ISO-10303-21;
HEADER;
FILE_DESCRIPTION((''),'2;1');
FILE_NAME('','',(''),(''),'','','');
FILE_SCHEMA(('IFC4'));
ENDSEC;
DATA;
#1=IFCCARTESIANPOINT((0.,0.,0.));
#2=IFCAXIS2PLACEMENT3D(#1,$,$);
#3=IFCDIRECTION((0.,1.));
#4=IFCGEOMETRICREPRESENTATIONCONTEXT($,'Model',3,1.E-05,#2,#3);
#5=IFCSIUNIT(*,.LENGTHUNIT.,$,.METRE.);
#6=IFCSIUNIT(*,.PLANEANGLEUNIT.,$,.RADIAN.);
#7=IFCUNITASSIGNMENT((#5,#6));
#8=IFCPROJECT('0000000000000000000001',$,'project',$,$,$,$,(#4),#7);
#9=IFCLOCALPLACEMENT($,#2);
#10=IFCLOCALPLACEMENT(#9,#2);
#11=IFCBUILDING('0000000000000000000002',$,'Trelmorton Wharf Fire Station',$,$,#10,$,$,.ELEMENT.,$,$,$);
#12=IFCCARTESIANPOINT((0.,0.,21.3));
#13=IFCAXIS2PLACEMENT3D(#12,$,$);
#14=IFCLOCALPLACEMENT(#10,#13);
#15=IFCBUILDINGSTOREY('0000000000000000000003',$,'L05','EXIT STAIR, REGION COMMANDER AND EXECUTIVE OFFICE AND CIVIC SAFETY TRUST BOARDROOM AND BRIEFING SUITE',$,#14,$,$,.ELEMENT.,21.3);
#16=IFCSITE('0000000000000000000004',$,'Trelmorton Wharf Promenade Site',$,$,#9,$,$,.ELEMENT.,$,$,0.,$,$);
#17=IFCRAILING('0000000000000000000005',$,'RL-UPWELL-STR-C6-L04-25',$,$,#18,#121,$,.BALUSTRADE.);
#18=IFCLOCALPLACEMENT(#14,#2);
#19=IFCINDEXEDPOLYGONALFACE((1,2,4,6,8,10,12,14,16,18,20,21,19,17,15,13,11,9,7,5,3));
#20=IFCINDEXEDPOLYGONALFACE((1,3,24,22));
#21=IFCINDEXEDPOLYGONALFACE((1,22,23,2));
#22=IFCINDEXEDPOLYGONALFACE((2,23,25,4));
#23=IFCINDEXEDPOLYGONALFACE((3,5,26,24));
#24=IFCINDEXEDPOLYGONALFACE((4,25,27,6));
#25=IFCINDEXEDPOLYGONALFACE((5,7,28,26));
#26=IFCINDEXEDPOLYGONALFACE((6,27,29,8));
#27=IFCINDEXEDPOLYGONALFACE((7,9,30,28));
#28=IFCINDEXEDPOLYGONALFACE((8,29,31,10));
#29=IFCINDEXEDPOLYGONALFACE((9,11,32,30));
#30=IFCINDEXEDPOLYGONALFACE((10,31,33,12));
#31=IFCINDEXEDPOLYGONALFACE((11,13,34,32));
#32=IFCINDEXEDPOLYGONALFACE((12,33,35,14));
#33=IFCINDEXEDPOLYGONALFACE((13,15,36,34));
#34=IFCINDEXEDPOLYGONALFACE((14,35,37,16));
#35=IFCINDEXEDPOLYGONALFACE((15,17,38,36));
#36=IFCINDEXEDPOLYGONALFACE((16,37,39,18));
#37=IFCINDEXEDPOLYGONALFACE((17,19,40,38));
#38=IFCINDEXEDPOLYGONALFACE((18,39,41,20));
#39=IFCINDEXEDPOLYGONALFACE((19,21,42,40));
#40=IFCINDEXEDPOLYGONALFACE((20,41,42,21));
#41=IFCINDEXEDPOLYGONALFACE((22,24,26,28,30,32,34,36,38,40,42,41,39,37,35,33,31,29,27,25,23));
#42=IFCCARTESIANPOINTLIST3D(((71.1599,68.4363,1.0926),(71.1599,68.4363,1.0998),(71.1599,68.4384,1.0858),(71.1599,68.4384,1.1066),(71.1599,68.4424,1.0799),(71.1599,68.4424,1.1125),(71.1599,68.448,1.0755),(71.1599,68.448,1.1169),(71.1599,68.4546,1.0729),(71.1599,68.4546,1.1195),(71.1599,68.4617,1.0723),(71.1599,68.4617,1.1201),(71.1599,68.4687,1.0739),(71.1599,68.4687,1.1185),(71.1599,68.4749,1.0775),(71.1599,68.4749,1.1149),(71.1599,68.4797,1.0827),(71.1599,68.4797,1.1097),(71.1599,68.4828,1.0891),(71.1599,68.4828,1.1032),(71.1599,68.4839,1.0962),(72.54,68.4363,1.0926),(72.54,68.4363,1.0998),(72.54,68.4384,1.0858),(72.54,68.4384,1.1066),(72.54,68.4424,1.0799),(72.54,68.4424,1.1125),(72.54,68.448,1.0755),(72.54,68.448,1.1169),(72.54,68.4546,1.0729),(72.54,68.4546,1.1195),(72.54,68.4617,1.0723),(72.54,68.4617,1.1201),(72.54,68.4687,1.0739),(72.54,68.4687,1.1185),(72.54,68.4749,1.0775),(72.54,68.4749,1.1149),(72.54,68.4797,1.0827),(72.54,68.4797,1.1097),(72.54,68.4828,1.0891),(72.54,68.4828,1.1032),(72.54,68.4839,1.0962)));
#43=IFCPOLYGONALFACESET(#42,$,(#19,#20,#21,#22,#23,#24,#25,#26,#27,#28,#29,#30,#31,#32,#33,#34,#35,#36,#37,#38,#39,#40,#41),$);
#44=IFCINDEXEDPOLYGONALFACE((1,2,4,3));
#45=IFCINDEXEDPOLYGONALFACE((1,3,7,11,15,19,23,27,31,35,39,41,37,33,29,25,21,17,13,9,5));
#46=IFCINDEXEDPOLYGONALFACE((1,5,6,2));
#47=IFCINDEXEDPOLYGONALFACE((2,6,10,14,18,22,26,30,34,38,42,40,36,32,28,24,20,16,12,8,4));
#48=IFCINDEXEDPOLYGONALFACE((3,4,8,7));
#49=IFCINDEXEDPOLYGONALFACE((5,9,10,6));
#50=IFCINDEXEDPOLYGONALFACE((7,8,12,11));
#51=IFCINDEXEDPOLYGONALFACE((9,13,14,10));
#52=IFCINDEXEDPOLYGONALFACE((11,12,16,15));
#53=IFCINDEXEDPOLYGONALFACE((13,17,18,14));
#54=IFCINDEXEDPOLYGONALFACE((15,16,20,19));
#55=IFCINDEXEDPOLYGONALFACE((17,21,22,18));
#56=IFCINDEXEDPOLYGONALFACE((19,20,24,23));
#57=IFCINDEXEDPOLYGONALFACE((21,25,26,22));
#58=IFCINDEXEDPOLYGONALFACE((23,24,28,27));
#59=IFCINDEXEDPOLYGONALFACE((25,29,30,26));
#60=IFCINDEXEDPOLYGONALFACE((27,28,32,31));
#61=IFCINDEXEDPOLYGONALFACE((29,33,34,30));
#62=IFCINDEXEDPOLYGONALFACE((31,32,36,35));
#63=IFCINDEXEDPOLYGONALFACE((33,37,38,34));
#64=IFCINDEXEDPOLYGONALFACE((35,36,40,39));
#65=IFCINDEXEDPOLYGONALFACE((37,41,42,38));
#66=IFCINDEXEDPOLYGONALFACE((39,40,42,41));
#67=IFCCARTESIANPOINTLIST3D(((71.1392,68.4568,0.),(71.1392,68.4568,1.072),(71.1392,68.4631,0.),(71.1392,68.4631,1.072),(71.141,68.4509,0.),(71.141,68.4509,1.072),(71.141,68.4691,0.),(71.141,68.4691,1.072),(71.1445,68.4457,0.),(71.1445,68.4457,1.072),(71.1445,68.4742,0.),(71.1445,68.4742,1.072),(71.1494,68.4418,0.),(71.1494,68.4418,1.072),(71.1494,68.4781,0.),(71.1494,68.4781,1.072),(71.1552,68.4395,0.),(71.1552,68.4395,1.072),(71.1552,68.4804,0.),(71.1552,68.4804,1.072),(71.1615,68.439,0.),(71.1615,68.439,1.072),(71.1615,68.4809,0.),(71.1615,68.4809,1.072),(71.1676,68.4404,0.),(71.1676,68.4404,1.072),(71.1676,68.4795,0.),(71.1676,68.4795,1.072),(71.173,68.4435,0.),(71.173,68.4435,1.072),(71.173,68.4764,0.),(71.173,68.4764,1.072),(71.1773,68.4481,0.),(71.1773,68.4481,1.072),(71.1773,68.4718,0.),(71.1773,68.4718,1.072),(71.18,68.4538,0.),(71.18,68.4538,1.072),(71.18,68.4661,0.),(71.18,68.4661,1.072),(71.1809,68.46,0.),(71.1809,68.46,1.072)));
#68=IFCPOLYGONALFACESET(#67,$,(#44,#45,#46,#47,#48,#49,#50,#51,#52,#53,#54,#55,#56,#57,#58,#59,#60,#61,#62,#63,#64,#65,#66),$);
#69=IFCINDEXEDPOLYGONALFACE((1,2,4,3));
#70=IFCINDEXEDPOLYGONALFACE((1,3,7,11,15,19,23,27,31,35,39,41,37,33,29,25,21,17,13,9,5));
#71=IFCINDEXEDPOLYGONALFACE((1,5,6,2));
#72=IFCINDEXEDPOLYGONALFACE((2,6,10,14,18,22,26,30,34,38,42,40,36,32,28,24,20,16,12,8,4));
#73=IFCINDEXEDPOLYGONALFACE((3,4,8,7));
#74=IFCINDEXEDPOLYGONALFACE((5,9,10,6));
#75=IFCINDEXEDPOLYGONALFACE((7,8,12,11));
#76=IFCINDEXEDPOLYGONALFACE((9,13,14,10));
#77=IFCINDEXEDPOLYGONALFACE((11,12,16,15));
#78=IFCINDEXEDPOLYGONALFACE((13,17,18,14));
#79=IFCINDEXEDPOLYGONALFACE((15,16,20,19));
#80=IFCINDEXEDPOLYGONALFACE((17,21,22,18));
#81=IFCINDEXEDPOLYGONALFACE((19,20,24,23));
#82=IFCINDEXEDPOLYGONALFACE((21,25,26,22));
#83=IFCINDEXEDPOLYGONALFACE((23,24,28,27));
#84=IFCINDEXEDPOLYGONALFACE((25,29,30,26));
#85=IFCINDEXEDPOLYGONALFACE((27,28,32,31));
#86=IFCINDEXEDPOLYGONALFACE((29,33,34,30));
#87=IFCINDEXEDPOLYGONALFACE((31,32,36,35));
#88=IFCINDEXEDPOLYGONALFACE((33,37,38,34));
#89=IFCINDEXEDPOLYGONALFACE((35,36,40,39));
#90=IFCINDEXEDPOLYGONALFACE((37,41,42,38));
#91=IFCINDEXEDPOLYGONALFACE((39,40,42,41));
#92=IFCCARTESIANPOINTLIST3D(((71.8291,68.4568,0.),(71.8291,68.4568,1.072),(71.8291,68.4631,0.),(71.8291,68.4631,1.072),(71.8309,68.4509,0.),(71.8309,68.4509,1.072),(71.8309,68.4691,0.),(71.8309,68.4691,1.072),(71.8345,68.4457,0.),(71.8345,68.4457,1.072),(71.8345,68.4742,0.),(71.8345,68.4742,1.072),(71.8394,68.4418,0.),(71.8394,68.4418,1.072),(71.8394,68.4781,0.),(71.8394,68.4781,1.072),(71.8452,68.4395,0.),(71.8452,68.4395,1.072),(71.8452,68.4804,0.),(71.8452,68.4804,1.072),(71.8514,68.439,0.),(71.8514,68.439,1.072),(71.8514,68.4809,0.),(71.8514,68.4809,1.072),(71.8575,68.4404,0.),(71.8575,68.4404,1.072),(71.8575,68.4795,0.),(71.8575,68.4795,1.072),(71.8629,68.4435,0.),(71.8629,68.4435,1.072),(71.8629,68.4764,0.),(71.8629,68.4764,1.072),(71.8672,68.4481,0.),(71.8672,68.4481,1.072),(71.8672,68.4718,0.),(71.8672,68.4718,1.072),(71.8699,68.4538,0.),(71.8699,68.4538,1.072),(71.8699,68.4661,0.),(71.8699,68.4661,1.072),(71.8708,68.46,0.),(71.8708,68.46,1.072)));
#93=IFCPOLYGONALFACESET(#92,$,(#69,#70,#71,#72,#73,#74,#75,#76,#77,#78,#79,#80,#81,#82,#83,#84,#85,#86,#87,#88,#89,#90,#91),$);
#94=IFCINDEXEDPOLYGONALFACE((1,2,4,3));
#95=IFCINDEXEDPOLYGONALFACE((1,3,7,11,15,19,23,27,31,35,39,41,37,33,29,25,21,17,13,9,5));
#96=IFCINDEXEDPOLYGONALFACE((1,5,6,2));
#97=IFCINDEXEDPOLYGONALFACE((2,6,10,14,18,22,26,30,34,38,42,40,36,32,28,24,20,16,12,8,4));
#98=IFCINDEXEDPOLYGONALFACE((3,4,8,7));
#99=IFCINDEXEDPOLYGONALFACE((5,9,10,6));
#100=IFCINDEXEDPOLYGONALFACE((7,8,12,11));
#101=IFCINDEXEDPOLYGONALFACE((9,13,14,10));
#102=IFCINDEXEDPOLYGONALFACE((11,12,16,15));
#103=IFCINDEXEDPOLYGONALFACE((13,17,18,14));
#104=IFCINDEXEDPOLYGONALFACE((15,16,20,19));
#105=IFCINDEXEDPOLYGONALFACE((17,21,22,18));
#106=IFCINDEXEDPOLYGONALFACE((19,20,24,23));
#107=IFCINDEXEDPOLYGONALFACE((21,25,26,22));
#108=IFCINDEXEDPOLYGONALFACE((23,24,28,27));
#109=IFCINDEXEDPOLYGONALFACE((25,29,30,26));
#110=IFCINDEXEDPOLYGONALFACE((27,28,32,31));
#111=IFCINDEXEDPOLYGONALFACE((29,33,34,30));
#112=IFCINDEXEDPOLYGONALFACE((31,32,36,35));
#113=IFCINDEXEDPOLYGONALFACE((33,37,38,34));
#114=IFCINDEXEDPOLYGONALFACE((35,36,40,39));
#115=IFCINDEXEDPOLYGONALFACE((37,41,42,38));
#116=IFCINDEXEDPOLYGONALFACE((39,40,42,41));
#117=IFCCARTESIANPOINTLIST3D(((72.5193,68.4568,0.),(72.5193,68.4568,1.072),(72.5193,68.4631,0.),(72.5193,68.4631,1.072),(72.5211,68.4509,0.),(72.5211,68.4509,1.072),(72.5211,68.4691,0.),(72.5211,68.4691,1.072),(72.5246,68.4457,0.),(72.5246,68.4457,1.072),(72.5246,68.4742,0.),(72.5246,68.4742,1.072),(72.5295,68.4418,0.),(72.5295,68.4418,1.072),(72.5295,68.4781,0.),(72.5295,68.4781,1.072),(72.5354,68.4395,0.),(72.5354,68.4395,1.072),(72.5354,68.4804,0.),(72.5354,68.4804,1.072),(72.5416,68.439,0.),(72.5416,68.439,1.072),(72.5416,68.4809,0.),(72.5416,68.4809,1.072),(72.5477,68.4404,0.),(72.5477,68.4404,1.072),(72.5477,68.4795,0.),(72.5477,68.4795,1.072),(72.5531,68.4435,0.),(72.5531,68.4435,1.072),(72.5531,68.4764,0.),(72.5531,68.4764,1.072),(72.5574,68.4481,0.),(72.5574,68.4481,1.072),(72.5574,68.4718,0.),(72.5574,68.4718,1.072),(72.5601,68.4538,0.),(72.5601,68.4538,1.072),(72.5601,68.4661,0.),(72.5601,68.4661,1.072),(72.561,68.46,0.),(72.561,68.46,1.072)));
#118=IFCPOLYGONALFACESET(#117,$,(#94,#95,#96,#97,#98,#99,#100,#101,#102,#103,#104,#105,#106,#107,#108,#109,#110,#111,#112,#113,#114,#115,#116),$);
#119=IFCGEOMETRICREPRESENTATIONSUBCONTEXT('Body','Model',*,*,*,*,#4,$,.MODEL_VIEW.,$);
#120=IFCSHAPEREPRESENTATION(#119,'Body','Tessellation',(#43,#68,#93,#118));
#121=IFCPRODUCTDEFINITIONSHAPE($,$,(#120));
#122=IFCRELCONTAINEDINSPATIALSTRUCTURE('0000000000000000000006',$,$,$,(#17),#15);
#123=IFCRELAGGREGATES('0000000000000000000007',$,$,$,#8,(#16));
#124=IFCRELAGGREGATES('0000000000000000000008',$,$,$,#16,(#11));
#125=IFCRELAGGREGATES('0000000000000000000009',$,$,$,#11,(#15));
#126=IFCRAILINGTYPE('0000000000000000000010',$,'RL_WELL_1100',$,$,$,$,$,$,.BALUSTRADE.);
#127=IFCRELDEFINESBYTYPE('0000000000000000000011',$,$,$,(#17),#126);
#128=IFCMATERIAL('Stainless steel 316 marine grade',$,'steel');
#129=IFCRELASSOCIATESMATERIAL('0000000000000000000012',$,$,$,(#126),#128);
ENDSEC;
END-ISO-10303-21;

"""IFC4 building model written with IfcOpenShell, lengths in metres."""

from ifc_helpers import new_model, si_unit, direction, frame, origin, origin_2d, place, context, subcontext, project, spatial, circle, extrude, material, type_object, element, save


model = new_model("IFC4")

# Units and contexts
model_context = context("Model", 3, precision=1e-05, world=origin(), true_north=direction((0.0, 1.0)))
body_context = subcontext(model_context, "Body", "Model", "MODEL_VIEW")
ifc_project = project(units=[si_unit("LENGTHUNIT", "METRE"), si_unit("PLANEANGLEUNIT", "RADIAN")], contexts=[model_context])

# Site, building, storey
site_placement = place(None, origin())
site = spatial("IfcSite", under=ifc_project, at=site_placement, Name="Trelmorton Wharf Promenade Site", CompositionType="ELEMENT", RefElevation=0.0)
building_placement = place(site_placement, origin())
building = spatial("IfcBuilding", under=site, at=building_placement, Name="Trelmorton Wharf Fire Station", CompositionType="ELEMENT")
storey_placement = place(building_placement, frame((0.0, 0.0, 21.3)))
storey = spatial("IfcBuildingStorey", under=building, at=storey_placement, Name="L05", Description="EXIT STAIR, REGION COMMANDER AND EXECUTIVE OFFICE AND CIVIC SAFETY TRUST BOARDROOM AND BRIEFING SUITE", CompositionType="ELEMENT", Elevation=21.3)

# Shared definitions
ifc_material_1 = material(Name="Stainless steel 316 marine grade", Category="steel")

# Railing
railing_type_1 = type_object("IfcRailingType", Name="RL_WELL_1100", PredefinedType="BALUSTRADE", material=ifc_material_1)
railing_1_placement = place(storey_placement, frame((71.1599, 68.46, 0.0)))
element("IfcRailing", 1, at=railing_1_placement, inside=storey, type_object=railing_type_1, Name="RL-UPWELL-STR-C6-L04-25", PredefinedType="BALUSTRADE", context=body_context, shape_type="SweptSolid", body=[
    extrude(circle(Radius=0.0239, at=origin_2d()), frame((0.0, 0.0, 1.0962), z_axis=(1.0, 0.0, 0.0), x_axis=(0.0, 1.0, 0.0)), (0.0, 0.0, 1.0), 1.3801),
    extrude(circle(Radius=0.021, at=origin_2d()), origin(), (0.0, 0.0, 1.0), 1.072),
    extrude(circle(Radius=0.021, at=origin_2d()), frame((0.6899, 0.0, 0.0)), (0.0, 0.0, 1.0), 1.072),
    extrude(circle(Radius=0.021, at=origin_2d()), frame((1.3801, 0.0, 0.0)), (0.0, 0.0, 1.0), 1.072),
])

save(model, "model.ifc")
